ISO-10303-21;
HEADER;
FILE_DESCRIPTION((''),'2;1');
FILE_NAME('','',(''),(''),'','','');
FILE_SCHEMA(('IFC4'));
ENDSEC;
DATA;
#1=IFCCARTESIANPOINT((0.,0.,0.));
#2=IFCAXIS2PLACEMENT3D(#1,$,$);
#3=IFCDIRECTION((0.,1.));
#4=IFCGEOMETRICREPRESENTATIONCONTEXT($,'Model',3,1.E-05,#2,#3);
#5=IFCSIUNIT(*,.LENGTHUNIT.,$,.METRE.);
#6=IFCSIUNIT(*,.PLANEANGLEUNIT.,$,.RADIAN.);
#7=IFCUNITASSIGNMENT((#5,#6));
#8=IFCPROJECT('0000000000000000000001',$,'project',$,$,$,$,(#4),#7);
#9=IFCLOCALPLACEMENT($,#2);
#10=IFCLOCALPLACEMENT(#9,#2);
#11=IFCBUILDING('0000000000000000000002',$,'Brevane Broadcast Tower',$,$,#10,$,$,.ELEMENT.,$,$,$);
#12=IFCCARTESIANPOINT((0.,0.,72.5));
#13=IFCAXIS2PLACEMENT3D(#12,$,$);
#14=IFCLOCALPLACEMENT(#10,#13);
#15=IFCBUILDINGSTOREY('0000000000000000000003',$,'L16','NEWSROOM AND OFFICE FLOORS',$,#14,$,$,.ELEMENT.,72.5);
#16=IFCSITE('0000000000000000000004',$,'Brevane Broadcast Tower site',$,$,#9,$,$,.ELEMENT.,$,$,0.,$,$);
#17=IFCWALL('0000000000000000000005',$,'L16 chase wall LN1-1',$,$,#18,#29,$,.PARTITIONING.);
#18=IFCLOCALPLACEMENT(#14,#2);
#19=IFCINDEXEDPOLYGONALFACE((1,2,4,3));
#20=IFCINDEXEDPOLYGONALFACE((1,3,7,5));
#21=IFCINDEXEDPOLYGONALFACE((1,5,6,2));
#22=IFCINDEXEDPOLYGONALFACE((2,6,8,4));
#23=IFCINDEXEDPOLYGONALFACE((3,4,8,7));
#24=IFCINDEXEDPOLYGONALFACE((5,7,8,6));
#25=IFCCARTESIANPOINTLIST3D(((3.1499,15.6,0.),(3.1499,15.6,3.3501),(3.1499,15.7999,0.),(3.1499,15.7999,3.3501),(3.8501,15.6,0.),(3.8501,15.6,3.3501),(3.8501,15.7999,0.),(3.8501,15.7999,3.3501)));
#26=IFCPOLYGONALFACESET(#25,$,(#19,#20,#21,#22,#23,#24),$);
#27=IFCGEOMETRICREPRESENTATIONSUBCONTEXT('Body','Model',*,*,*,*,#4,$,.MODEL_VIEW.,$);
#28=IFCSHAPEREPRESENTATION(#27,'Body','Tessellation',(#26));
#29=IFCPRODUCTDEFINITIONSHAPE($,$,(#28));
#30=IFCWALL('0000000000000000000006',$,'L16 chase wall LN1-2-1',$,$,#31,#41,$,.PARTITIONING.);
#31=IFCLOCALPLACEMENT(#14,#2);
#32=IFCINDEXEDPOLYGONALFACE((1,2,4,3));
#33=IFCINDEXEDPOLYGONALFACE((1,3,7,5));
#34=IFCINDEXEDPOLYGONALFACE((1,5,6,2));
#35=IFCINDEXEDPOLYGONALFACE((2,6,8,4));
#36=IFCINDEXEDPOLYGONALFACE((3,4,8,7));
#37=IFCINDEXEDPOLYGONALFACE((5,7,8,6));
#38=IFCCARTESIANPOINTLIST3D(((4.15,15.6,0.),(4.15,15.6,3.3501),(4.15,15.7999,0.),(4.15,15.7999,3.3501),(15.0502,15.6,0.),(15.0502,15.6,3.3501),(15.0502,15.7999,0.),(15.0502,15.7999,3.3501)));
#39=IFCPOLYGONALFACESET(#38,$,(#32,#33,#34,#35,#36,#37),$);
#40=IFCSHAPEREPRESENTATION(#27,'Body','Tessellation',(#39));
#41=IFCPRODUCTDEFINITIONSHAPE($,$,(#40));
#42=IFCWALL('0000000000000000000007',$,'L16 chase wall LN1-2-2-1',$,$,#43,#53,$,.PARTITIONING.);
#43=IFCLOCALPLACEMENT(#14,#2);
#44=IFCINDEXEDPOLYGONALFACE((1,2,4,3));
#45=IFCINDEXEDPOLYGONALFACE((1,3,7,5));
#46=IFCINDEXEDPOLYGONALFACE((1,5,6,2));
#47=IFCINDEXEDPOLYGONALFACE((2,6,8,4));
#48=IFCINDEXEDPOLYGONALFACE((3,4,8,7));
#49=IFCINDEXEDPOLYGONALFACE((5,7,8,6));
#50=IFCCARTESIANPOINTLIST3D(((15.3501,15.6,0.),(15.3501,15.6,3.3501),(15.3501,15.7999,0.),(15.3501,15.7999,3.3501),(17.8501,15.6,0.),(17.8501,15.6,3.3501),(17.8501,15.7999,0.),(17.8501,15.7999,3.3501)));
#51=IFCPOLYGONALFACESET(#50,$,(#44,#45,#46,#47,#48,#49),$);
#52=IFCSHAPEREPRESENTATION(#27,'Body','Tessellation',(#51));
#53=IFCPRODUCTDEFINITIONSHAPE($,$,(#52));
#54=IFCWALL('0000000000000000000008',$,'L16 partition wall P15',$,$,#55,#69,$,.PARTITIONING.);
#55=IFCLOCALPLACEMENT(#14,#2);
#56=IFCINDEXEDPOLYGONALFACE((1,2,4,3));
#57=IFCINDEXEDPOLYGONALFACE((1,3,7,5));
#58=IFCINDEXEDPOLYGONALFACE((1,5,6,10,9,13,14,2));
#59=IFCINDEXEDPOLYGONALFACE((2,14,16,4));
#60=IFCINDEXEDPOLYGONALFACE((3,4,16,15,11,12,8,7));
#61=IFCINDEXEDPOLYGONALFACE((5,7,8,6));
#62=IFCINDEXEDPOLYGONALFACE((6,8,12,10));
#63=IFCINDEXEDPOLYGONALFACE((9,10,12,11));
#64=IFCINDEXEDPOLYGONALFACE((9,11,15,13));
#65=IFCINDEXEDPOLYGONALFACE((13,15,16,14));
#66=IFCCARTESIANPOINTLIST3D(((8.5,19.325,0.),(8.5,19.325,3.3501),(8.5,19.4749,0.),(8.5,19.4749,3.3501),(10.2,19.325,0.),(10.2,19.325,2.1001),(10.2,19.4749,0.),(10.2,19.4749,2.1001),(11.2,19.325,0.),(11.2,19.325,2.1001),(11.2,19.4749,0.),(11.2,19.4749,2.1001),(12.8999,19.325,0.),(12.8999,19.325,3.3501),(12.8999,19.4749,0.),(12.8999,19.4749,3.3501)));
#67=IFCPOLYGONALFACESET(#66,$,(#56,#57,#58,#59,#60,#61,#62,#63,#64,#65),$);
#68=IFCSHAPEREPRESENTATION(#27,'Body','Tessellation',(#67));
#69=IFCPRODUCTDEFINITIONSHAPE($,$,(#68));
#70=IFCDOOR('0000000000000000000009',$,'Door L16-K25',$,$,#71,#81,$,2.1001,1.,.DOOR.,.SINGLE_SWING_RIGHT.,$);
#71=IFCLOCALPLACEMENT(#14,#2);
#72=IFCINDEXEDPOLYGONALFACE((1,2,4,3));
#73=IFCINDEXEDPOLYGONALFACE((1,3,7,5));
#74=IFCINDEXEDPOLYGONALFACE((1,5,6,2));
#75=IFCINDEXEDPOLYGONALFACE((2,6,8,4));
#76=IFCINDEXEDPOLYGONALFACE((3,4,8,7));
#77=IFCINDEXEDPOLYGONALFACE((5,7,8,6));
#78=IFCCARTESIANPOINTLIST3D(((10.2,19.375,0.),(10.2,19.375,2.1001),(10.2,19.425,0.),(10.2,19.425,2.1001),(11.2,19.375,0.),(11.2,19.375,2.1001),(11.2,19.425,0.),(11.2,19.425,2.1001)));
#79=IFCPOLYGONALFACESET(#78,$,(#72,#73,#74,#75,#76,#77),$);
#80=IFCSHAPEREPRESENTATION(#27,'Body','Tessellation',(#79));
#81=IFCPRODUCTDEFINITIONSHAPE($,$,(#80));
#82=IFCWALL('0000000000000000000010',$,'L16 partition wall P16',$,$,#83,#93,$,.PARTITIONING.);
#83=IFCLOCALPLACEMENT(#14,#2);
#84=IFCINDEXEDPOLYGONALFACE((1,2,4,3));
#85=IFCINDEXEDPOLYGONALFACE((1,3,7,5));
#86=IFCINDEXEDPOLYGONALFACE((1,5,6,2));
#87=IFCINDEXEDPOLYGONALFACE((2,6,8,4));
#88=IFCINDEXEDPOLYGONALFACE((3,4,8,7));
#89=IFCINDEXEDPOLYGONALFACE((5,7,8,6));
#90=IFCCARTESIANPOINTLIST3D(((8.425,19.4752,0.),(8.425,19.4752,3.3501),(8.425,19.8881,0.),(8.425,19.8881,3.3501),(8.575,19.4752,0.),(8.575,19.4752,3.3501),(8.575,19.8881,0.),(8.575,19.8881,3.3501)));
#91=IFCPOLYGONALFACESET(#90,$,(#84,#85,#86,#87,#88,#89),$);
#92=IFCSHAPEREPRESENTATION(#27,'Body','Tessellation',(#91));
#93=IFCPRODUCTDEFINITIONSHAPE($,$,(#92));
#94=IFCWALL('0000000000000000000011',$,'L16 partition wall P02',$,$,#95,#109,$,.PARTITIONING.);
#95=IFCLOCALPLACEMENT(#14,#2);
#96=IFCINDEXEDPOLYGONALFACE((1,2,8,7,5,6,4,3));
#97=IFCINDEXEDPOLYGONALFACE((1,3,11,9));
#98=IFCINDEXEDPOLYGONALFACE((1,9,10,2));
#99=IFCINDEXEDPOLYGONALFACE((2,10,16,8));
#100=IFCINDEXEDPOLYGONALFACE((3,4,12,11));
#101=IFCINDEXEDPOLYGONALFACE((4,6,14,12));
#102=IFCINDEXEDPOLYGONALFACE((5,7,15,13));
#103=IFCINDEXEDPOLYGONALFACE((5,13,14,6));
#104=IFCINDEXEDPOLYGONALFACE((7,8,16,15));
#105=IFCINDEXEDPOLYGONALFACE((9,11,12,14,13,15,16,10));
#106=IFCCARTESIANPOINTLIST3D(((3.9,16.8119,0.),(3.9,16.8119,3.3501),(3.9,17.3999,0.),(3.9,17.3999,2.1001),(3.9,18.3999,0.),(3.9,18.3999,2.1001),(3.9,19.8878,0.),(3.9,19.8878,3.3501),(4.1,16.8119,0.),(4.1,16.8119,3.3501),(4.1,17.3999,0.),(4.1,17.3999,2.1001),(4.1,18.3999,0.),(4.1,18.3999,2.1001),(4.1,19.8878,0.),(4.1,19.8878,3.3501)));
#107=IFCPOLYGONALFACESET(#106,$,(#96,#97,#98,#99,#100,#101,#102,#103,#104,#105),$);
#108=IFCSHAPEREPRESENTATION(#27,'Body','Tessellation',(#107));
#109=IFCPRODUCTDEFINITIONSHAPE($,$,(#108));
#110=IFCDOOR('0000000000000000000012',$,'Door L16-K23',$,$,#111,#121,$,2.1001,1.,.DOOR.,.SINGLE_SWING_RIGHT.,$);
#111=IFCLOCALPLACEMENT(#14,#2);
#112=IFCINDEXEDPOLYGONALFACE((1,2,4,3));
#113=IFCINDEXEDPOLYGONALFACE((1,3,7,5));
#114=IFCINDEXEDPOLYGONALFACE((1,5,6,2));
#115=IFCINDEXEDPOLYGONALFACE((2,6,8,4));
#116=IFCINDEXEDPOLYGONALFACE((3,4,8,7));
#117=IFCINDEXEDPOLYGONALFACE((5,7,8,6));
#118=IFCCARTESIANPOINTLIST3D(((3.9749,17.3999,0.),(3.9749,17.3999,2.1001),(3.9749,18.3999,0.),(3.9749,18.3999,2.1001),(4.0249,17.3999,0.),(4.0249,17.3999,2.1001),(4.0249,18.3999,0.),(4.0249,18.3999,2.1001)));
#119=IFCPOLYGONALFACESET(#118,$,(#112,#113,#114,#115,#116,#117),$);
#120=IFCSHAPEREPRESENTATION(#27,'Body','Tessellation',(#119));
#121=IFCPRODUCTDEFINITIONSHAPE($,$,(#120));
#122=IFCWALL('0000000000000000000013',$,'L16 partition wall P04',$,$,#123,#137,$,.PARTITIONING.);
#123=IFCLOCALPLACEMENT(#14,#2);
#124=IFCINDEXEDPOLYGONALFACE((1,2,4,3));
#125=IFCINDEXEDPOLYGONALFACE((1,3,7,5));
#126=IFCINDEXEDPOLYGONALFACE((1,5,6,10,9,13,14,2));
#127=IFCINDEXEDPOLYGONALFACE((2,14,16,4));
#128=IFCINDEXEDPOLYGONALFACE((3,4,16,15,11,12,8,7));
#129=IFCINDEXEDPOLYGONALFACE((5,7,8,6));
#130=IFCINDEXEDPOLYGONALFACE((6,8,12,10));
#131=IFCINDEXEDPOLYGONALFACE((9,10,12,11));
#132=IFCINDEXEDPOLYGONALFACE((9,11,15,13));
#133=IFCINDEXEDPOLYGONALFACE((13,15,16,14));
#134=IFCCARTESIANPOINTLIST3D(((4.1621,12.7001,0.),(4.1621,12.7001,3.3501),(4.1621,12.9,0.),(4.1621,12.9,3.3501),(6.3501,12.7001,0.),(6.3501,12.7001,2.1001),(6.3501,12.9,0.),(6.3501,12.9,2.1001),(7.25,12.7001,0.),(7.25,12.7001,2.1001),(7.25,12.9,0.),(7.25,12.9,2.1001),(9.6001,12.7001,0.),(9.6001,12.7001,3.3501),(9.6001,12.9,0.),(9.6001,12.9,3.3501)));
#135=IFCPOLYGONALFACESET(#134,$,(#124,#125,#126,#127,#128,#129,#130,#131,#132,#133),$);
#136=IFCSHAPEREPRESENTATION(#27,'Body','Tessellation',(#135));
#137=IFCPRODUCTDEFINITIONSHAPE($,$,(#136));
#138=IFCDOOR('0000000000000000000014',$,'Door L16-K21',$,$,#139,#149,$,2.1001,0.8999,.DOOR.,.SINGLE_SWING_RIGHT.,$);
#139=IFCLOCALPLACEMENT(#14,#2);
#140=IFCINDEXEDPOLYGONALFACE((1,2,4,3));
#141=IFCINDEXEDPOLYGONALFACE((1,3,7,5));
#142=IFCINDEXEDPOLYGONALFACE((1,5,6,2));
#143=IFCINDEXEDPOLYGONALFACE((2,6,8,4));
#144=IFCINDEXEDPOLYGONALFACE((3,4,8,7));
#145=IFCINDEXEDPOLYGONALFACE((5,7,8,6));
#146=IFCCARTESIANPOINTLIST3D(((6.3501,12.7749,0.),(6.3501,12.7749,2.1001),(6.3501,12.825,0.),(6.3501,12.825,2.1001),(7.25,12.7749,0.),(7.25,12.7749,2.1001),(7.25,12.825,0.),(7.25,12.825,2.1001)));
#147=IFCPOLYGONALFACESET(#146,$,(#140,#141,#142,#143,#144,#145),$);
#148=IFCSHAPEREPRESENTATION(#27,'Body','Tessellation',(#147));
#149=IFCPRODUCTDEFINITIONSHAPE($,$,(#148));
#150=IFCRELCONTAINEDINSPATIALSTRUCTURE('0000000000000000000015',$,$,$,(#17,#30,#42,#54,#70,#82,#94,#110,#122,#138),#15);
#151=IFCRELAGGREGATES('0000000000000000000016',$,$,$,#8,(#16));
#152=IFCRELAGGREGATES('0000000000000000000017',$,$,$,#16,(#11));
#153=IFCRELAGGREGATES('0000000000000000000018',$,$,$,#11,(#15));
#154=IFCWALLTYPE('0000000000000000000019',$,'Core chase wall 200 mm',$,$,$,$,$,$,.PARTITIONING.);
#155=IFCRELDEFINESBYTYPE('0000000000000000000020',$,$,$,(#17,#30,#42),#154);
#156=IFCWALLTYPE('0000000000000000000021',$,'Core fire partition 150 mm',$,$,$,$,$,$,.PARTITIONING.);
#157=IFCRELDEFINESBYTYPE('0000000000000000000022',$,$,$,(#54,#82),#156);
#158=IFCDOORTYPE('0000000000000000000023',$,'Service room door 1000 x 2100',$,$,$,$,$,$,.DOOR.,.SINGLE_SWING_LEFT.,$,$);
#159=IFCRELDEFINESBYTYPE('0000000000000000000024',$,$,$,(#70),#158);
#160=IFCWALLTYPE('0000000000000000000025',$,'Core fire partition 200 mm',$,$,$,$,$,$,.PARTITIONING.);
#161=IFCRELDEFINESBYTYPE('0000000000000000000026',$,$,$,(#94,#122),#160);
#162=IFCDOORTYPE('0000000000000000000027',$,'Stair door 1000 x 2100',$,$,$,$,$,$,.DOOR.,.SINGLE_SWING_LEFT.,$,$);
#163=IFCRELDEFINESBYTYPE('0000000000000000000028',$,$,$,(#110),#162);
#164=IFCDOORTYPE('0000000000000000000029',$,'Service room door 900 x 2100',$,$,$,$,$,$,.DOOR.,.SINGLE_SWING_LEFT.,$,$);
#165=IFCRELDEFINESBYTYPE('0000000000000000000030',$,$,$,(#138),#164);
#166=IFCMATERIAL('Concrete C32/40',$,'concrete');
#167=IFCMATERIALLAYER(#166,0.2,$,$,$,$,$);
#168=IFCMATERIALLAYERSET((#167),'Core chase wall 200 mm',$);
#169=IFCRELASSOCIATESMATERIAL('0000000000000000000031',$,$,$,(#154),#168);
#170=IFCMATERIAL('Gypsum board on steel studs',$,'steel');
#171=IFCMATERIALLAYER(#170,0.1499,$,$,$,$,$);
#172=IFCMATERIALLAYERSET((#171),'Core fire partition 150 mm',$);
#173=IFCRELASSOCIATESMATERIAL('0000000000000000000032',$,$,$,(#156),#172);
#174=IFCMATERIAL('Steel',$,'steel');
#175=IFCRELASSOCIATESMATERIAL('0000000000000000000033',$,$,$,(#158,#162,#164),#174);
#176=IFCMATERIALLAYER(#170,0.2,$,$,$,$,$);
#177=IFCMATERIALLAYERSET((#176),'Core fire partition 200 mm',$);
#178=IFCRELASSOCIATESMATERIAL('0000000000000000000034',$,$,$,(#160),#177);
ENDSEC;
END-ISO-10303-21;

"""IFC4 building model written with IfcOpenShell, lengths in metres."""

from ifc_helpers import new_model, si_unit, direction, frame, frame_2d, origin, place, context, subcontext, project, spatial, rectangle, extrude, material, layer, layer_set, type_object, element, fill, save


model = new_model("IFC4")

# Units and contexts
model_context = context("Model", 3, precision=1e-05, world=origin(), true_north=direction((0.0, 1.0)))
body_context = subcontext(model_context, "Body", "Model", "MODEL_VIEW")
ifc_project = project(units=[si_unit("LENGTHUNIT", "METRE"), si_unit("PLANEANGLEUNIT", "RADIAN")], contexts=[model_context])

# Site, building, storey
site_placement = place(None, origin())
site = spatial("IfcSite", under=ifc_project, at=site_placement, Name="Brevane Broadcast Tower site", CompositionType="ELEMENT", RefElevation=0.0)
building_placement = place(site_placement, origin())
building = spatial("IfcBuilding", under=site, at=building_placement, Name="Brevane Broadcast Tower", CompositionType="ELEMENT")
storey_placement = place(building_placement, frame((0.0, 0.0, 72.5)))
storey = spatial("IfcBuildingStorey", under=building, at=storey_placement, Name="L16", Description="NEWSROOM AND OFFICE FLOORS", CompositionType="ELEMENT", Elevation=72.5)

# Walls
ifc_material_1 = material(Name="Concrete C32/40", Category="concrete")
ifc_layer_1 = layer(ifc_material_1, 0.2)
ifc_layer_set_1 = layer_set([ifc_layer_1], Name="Core chase wall 200 mm")
wall_type_1 = type_object("IfcWallType", Name="Core chase wall 200 mm", PredefinedType="PARTITIONING", material=ifc_layer_set_1)
wall_1_placement = place(storey_placement, frame((3.1499, 15.7, 0.0), z_axis=(0.0, 0.0, 1.0), x_axis=(1.0, 0.0, 0.0)))
element("IfcWall", 1, at=wall_1_placement, inside=storey, type_object=wall_type_1, Name="L16 chase wall LN1-1", PredefinedType="PARTITIONING", context=body_context, shape_type="SweptSolid", body=[
    extrude(rectangle(XDim=0.7002, YDim=0.2, at=frame_2d((0.3501, 0.0))), origin(), (0.0, 0.0, 1.0), 3.3501),
])
wall_2_placement = place(storey_placement, frame((4.1499, 15.7, 0.0), z_axis=(0.0, 0.0, 1.0), x_axis=(1.0, 0.0, 0.0)))
element("IfcWall", 2, at=wall_2_placement, inside=storey, type_object=wall_type_1, Name="L16 chase wall LN1-2-1", PredefinedType="PARTITIONING", context=body_context, shape_type="SweptSolid", body=[
    extrude(rectangle(XDim=10.9001, YDim=0.2, at=frame_2d((5.4502, 0.0))), origin(), (0.0, 0.0, 1.0), 3.3501),
])
wall_3_placement = place(storey_placement, frame((15.3501, 15.7, 0.0), z_axis=(0.0, 0.0, 1.0), x_axis=(1.0, 0.0, 0.0)))
element("IfcWall", 3, at=wall_3_placement, inside=storey, type_object=wall_type_1, Name="L16 chase wall LN1-2-2-1", PredefinedType="PARTITIONING", context=body_context, shape_type="SweptSolid", body=[
    extrude(rectangle(XDim=2.5, YDim=0.2, at=frame_2d((1.25, 0.0))), origin(), (0.0, 0.0, 1.0), 3.3501),
])

# Wall, opening, door
ifc_material_2 = material(Name="Gypsum board on steel studs", Category="steel")
ifc_layer_2 = layer(ifc_material_2, 0.1499)
ifc_layer_set_2 = layer_set([ifc_layer_2], Name="Core fire partition 150 mm")
wall_type_2 = type_object("IfcWallType", Name="Core fire partition 150 mm", PredefinedType="PARTITIONING", material=ifc_layer_set_2)
wall_4_placement = place(storey_placement, frame((12.8999, 19.3999, 0.0), z_axis=(0.0, 0.0, 1.0), x_axis=(-1.0, 0.0, 0.0)))
wall_4 = element("IfcWall", 4, at=wall_4_placement, inside=storey, type_object=wall_type_2, Name="L16 partition wall P15", PredefinedType="PARTITIONING", context=body_context, shape_type="SweptSolid", body=[
    extrude(rectangle(XDim=4.3999, YDim=0.1499, at=frame_2d((2.2, 0.0))), origin(), (0.0, 0.0, 1.0), 3.3501),
])
opening_1_placement = place(wall_4_placement, frame((1.7, 0.0, 0.0)))
opening_1 = element("IfcOpeningElement", 5, at=opening_1_placement, cuts=wall_4, PredefinedType="OPENING", context=body_context, shape_type="SweptSolid", body=[
    extrude(rectangle(XDim=1.0, YDim=2.1001, at=frame_2d((0.5, 1.05))), frame((0.0, 0.085, 0.0), z_axis=(0.0, -1.0, 0.0), x_axis=(1.0, 0.0, 0.0)), (0.0, 0.0, 1.0), 0.1699),
])
ifc_material_3 = material(Name="Steel", Category="steel")
door_type_1 = type_object("IfcDoorType", Name="Service room door 1000 x 2100", OperationType="SINGLE_SWING_LEFT", PredefinedType="DOOR", material=ifc_material_3)
door_1_placement = place(opening_1_placement, origin())
door_1 = element("IfcDoor", 6, at=door_1_placement, inside=storey, type_object=door_type_1, Name="Door L16-K25", OperationType="SINGLE_SWING_RIGHT", OverallHeight=2.1001, OverallWidth=1.0, PredefinedType="DOOR", context=body_context, shape_type="SweptSolid", body=[
    extrude(rectangle(XDim=1.0, YDim=2.1001, at=frame_2d((0.5, 1.05))), frame((0.0, 0.0249, 0.0), z_axis=(0.0, -1.0, 0.0), x_axis=(1.0, 0.0, 0.0)), (0.0, 0.0, 1.0), 0.05),
])
fill(opening_1, door_1)

# Wall
wall_5_placement = place(storey_placement, frame((8.5, 19.4751, 0.0), z_axis=(0.0, 0.0, 1.0), x_axis=(0.0, 1.0, 0.0)))
element("IfcWall", 7, at=wall_5_placement, inside=storey, type_object=wall_type_2, Name="L16 partition wall P16", PredefinedType="PARTITIONING", context=body_context, shape_type="SweptSolid", body=[
    extrude(rectangle(XDim=0.4128, YDim=0.1499, at=frame_2d((0.2065, 0.0))), origin(), (0.0, 0.0, 1.0), 3.3501),
])

# Walls, openings, doors
ifc_layer_3 = layer(ifc_material_2, 0.2)
ifc_layer_set_3 = layer_set([ifc_layer_3], Name="Core fire partition 200 mm")
wall_type_3 = type_object("IfcWallType", Name="Core fire partition 200 mm", PredefinedType="PARTITIONING", material=ifc_layer_set_3)
wall_6_placement = place(storey_placement, frame((4.0, 19.8879, 0.0), z_axis=(0.0, 0.0, 1.0), x_axis=(0.0, -1.0, 0.0)))
wall_6 = element("IfcWall", 8, at=wall_6_placement, inside=storey, type_object=wall_type_3, Name="L16 partition wall P02", PredefinedType="PARTITIONING", context=body_context, shape_type="SweptSolid", body=[
    extrude(rectangle(XDim=3.0759, YDim=0.2, at=frame_2d((1.5381, 0.0))), origin(), (0.0, 0.0, 1.0), 3.3501),
])
opening_2_placement = place(wall_6_placement, frame((1.488, 0.0, 0.0)))
opening_2 = element("IfcOpeningElement", 9, at=opening_2_placement, cuts=wall_6, PredefinedType="OPENING", context=body_context, shape_type="SweptSolid", body=[
    extrude(rectangle(XDim=1.0, YDim=2.1001, at=frame_2d((0.5, 1.05))), frame((0.0, 0.1099, 0.0), z_axis=(0.0, -1.0, 0.0), x_axis=(1.0, 0.0, 0.0)), (0.0, 0.0, 1.0), 0.22),
])
door_type_2 = type_object("IfcDoorType", Name="Stair door 1000 x 2100", OperationType="SINGLE_SWING_LEFT", PredefinedType="DOOR", material=ifc_material_3)
door_2_placement = place(opening_2_placement, origin())
door_2 = element("IfcDoor", 10, at=door_2_placement, inside=storey, type_object=door_type_2, Name="Door L16-K23", OperationType="SINGLE_SWING_RIGHT", OverallHeight=2.1001, OverallWidth=1.0, PredefinedType="DOOR", context=body_context, shape_type="SweptSolid", body=[
    extrude(rectangle(XDim=1.0, YDim=2.1001, at=frame_2d((0.5, 1.05))), frame((0.0, 0.0249, 0.0), z_axis=(0.0, -1.0, 0.0), x_axis=(1.0, 0.0, 0.0)), (0.0, 0.0, 1.0), 0.05),
])
fill(opening_2, door_2)
wall_7_placement = place(storey_placement, frame((4.1621, 12.8, 0.0), z_axis=(0.0, 0.0, 1.0), x_axis=(1.0, 0.0, 0.0)))
wall_7 = element("IfcWall", 11, at=wall_7_placement, inside=storey, type_object=wall_type_3, Name="L16 partition wall P04", PredefinedType="PARTITIONING", context=body_context, shape_type="SweptSolid", body=[
    extrude(rectangle(XDim=5.438, YDim=0.2, at=frame_2d((2.719, 0.0))), origin(), (0.0, 0.0, 1.0), 3.3501),
])
opening_3_placement = place(wall_7_placement, frame((2.188, 0.0, 0.0)))
opening_3 = element("IfcOpeningElement", 12, at=opening_3_placement, cuts=wall_7, PredefinedType="OPENING", context=body_context, shape_type="SweptSolid", body=[
    extrude(rectangle(XDim=0.8999, YDim=2.1001, at=frame_2d((0.45, 1.05))), frame((0.0, 0.1099, 0.0), z_axis=(0.0, -1.0, 0.0), x_axis=(1.0, 0.0, 0.0)), (0.0, 0.0, 1.0), 0.22),
])
door_type_3 = type_object("IfcDoorType", Name="Service room door 900 x 2100", OperationType="SINGLE_SWING_LEFT", PredefinedType="DOOR", material=ifc_material_3)
door_3_placement = place(opening_3_placement, origin())
door_3 = element("IfcDoor", 13, at=door_3_placement, inside=storey, type_object=door_type_3, Name="Door L16-K21", OperationType="SINGLE_SWING_RIGHT", OverallHeight=2.1001, OverallWidth=0.8999, PredefinedType="DOOR", context=body_context, shape_type="SweptSolid", body=[
    extrude(rectangle(XDim=0.8999, YDim=2.1001, at=frame_2d((0.45, 1.05))), frame((0.0, 0.0249, 0.0), z_axis=(0.0, -1.0, 0.0), x_axis=(1.0, 0.0, 0.0)), (0.0, 0.0, 1.0), 0.05),
])
fill(opening_3, door_3)

save(model, "model.ifc")
